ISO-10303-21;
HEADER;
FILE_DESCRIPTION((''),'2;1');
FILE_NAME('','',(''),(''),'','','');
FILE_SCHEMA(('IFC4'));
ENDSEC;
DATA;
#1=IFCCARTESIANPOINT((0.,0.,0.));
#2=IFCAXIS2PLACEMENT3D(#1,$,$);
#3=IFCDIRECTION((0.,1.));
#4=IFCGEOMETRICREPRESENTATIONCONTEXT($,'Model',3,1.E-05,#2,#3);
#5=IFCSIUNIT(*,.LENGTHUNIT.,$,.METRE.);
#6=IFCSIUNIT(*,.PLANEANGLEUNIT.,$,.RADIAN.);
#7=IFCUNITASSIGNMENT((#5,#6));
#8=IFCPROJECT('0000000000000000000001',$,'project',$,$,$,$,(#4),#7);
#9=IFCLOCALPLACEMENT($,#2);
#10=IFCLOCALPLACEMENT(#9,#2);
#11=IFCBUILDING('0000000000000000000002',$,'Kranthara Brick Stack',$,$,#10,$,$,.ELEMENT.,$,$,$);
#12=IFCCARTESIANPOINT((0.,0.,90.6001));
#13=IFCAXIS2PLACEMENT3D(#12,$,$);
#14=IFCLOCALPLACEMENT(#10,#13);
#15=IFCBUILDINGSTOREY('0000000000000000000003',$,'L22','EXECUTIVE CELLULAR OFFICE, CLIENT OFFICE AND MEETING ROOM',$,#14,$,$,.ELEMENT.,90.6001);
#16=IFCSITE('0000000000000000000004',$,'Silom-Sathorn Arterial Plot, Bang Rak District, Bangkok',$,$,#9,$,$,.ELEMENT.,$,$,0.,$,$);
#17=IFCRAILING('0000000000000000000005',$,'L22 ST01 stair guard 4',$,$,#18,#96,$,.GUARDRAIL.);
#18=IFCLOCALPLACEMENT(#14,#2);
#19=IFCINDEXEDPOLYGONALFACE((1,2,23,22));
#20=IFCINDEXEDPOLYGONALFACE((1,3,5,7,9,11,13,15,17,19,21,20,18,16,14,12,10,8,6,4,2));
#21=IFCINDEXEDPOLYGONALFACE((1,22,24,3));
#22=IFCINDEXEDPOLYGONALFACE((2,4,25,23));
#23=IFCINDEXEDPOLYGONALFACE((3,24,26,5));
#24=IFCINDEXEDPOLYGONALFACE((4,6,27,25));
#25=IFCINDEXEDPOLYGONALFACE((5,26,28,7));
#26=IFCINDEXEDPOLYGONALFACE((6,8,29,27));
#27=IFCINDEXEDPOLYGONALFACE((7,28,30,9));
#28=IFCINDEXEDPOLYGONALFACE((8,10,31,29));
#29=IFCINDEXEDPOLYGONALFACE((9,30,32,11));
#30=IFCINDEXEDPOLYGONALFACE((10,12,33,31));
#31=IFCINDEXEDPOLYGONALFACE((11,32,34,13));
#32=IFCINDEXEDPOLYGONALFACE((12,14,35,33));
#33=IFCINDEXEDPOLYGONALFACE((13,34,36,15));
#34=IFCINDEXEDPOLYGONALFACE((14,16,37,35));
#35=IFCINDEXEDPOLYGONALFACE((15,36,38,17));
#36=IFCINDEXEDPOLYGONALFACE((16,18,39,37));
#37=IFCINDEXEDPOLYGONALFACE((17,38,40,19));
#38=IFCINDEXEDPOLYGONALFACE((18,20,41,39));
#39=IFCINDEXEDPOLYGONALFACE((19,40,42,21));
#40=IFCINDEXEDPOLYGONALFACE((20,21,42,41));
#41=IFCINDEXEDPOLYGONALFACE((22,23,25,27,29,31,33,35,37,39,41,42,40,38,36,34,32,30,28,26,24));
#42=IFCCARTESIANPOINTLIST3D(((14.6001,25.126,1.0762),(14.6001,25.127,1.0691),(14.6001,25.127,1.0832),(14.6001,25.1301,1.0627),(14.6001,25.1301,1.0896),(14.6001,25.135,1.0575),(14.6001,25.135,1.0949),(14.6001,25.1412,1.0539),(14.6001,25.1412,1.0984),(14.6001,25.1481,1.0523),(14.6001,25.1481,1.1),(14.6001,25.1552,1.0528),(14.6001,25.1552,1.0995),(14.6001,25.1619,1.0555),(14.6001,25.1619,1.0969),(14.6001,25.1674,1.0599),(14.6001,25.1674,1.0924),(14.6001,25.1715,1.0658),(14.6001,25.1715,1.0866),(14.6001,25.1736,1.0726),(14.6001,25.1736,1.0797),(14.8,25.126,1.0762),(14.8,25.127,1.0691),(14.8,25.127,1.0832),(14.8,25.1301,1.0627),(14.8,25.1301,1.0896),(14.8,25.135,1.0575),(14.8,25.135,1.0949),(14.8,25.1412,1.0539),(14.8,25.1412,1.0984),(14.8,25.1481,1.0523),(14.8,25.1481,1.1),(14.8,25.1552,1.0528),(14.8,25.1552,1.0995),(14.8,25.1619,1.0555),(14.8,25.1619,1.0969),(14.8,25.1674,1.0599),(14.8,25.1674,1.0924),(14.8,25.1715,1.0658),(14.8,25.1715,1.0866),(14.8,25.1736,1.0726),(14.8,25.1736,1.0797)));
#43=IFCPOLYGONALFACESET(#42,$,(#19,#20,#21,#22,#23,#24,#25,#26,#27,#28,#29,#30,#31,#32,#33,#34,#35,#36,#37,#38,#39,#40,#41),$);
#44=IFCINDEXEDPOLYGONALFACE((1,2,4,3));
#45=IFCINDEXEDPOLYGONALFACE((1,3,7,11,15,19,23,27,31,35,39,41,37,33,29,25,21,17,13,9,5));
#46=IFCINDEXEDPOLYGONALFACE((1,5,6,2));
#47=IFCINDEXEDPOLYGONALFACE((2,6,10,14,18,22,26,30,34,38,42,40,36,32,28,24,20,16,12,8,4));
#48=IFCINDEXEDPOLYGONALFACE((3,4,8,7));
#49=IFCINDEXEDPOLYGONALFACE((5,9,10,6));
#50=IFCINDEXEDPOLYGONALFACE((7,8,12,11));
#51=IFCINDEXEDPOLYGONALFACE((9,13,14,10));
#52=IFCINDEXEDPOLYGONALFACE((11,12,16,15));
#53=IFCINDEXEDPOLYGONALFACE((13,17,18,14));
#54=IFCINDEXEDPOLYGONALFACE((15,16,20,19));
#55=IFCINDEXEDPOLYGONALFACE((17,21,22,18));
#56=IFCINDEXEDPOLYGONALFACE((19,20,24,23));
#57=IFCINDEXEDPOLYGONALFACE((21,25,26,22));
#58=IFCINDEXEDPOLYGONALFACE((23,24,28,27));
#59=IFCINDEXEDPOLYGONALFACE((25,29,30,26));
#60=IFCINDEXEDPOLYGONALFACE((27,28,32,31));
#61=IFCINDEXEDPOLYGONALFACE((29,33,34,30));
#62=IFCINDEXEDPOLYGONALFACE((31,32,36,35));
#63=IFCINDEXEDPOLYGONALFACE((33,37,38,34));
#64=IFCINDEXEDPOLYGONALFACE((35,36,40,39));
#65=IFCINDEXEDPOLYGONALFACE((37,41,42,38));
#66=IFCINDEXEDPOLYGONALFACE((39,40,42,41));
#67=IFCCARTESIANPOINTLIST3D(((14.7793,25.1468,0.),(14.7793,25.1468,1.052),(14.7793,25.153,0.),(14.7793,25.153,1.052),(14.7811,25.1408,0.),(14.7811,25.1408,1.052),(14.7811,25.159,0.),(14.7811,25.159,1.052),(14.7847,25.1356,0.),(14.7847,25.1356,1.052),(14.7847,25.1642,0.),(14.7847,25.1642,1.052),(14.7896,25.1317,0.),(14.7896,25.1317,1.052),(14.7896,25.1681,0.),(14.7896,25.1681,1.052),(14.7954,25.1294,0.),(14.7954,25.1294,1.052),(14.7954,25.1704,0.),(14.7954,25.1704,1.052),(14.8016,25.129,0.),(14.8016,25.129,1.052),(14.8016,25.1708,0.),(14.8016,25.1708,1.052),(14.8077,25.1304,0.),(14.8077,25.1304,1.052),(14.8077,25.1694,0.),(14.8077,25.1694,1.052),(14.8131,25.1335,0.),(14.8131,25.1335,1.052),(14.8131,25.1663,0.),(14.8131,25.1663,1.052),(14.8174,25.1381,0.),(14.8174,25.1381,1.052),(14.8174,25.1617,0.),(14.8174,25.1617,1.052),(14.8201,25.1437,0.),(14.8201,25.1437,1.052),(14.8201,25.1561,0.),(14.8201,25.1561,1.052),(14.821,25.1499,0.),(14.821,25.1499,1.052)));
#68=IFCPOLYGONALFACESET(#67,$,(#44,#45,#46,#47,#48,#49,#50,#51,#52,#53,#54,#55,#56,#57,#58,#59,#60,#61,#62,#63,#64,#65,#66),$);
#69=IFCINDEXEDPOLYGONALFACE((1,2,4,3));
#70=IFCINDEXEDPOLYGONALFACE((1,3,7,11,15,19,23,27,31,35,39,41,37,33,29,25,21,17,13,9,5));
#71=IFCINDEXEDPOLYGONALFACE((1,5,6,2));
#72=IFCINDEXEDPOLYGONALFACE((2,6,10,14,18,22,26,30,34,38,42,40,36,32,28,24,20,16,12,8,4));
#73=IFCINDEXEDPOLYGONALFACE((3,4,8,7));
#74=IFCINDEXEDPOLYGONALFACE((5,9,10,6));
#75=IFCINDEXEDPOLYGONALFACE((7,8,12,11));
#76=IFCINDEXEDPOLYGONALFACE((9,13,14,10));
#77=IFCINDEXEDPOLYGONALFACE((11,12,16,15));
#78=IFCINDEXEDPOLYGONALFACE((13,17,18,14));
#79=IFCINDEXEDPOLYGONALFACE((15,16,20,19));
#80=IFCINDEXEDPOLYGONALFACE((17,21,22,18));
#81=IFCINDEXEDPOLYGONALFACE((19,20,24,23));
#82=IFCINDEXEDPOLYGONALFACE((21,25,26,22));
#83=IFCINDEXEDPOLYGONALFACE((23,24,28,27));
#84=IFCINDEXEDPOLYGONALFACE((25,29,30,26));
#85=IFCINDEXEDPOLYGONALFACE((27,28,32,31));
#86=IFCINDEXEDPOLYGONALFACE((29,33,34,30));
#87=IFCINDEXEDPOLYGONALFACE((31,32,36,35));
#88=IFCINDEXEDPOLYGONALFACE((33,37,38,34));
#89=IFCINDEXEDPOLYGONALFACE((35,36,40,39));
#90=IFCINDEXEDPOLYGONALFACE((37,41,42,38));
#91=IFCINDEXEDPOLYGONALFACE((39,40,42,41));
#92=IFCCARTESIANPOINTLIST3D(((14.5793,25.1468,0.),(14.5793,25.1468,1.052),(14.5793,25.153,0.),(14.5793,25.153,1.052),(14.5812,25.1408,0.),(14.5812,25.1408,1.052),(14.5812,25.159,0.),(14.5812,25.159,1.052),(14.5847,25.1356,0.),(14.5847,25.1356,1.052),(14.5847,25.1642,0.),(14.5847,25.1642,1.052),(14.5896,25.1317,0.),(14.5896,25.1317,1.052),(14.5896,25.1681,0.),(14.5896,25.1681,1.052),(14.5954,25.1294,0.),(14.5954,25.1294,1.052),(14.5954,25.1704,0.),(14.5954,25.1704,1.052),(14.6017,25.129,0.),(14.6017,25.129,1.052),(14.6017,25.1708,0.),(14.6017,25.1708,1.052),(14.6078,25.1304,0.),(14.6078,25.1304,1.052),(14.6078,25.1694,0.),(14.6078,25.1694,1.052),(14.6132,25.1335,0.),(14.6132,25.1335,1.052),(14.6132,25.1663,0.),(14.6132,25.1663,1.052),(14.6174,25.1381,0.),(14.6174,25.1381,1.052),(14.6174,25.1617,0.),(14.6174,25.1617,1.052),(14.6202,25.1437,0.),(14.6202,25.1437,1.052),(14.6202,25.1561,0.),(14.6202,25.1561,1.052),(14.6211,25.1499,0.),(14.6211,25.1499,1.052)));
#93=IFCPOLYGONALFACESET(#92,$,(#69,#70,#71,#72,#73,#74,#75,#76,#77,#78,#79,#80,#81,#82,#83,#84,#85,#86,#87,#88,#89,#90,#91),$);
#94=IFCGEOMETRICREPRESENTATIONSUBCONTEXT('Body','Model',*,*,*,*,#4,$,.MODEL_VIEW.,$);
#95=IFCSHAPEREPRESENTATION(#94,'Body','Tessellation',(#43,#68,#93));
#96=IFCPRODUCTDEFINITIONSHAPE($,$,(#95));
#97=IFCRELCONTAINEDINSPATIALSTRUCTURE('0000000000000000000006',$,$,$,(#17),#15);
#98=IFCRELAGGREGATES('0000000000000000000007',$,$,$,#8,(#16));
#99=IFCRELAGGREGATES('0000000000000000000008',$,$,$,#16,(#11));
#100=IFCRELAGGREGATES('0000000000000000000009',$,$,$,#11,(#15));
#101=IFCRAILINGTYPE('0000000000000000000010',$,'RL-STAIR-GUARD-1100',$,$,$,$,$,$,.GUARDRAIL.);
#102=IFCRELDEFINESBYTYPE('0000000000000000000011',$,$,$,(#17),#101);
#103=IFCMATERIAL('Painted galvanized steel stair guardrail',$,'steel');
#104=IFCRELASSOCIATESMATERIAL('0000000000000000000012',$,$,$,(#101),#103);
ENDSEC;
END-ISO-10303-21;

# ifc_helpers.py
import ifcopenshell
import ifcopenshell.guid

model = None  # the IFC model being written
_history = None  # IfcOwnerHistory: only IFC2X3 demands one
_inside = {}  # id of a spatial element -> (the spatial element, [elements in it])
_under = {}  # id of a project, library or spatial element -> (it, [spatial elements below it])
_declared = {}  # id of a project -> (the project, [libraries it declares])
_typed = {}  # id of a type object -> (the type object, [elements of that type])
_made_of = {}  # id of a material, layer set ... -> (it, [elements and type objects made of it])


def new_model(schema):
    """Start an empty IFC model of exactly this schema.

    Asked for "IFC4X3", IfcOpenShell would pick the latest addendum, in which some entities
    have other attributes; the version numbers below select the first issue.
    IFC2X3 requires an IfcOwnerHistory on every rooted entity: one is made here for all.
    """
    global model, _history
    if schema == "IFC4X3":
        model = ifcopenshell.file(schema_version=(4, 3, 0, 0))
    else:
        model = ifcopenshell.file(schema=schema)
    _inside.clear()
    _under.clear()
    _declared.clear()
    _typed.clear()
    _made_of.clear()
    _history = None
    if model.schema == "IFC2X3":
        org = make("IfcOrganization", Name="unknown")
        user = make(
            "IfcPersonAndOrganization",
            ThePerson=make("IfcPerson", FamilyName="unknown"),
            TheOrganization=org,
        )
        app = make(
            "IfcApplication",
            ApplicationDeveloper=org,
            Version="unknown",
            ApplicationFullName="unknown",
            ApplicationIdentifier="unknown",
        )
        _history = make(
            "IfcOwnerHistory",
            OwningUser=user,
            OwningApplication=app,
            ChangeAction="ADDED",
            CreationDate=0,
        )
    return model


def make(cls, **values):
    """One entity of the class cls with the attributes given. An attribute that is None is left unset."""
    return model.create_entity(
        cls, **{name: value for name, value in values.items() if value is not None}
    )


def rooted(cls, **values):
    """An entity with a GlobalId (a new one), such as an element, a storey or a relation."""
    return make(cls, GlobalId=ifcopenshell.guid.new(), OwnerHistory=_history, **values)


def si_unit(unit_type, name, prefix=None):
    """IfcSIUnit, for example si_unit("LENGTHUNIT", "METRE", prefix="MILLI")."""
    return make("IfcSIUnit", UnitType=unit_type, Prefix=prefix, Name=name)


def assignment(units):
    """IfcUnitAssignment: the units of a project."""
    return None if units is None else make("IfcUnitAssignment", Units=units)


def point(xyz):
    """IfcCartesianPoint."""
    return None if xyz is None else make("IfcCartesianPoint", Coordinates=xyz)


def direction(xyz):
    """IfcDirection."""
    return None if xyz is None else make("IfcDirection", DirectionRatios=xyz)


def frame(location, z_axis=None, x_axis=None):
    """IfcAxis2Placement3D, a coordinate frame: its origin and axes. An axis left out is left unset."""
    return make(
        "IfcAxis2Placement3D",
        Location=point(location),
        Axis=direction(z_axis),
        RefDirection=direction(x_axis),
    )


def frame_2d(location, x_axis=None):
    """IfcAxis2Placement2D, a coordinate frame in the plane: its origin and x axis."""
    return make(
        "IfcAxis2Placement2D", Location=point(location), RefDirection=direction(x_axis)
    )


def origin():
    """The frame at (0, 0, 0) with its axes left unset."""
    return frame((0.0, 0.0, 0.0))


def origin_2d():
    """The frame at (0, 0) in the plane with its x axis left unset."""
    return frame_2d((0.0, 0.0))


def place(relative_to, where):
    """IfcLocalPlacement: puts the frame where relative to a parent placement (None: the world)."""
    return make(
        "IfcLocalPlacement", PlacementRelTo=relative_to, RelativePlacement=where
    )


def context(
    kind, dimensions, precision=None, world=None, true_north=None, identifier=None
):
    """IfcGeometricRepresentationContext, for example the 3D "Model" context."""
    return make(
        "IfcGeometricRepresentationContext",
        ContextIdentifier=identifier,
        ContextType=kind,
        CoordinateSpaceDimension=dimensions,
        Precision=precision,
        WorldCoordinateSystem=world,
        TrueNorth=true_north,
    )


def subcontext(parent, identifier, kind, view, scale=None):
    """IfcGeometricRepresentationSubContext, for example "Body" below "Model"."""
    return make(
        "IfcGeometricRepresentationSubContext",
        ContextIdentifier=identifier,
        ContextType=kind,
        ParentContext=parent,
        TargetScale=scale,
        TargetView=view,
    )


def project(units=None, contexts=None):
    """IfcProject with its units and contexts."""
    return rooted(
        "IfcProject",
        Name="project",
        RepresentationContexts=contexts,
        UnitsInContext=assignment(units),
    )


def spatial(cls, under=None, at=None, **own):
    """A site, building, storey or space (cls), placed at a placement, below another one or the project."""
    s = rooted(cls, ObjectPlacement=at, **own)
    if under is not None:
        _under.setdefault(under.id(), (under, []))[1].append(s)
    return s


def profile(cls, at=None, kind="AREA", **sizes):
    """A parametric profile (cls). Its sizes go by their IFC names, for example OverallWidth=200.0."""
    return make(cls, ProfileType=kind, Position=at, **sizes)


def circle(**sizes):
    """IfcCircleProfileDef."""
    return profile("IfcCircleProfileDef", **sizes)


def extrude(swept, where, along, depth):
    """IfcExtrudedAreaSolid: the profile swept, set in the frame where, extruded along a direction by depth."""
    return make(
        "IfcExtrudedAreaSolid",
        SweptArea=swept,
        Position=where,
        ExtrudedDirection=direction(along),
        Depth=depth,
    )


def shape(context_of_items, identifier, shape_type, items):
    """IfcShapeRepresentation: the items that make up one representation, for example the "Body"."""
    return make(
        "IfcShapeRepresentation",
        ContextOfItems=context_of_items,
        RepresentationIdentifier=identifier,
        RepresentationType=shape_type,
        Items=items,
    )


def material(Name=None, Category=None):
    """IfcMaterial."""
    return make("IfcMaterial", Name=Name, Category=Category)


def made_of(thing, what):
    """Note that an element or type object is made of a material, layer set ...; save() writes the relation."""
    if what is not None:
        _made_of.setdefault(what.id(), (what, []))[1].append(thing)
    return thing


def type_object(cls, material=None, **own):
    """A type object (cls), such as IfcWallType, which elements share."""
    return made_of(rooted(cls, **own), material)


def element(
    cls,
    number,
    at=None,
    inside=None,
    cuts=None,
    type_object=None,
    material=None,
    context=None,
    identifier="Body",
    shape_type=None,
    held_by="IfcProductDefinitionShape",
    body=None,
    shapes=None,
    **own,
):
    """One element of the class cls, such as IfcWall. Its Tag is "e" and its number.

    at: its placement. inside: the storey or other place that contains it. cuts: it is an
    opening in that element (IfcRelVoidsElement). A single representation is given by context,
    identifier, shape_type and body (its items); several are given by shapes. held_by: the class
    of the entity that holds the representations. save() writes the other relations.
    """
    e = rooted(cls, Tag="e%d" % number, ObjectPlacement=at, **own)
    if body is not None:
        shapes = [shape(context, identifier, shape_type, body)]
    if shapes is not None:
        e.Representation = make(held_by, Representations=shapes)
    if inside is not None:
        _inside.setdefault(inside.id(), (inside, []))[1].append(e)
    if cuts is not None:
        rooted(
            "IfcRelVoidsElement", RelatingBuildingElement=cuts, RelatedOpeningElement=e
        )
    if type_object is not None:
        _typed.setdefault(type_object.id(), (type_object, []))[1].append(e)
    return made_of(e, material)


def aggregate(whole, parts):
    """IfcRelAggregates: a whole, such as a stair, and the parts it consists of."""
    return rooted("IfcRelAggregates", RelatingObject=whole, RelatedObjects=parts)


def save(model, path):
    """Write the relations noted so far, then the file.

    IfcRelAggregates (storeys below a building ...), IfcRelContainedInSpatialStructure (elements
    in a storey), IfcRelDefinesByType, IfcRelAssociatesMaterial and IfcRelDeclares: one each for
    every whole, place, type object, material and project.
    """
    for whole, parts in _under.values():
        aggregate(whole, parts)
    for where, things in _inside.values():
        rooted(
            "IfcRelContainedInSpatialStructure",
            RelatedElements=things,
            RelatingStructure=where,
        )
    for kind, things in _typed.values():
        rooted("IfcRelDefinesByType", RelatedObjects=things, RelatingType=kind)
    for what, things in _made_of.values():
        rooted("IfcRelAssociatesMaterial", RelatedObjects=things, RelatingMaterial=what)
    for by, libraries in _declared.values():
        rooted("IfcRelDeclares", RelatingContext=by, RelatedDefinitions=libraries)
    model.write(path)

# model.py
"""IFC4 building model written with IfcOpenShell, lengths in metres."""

from ifc_helpers import new_model, si_unit, direction, frame, origin, origin_2d, place, context, subcontext, project, spatial, circle, extrude, material, type_object, element, save


model = new_model("IFC4")

# Units and contexts
model_context = context("Model", 3, precision=1e-05, world=origin(), true_north=direction((0.0, 1.0)))
body_context = subcontext(model_context, "Body", "Model", "MODEL_VIEW")
ifc_project = project(units=[si_unit("LENGTHUNIT", "METRE"), si_unit("PLANEANGLEUNIT", "RADIAN")], contexts=[model_context])

# Site, building, storey
site_placement = place(None, origin())
site = spatial("IfcSite", under=ifc_project, at=site_placement, Name="Silom-Sathorn Arterial Plot, Bang Rak District, Bangkok", CompositionType="ELEMENT", RefElevation=0.0)
building_placement = place(site_placement, origin())
building = spatial("IfcBuilding", under=site, at=building_placement, Name="Kranthara Brick Stack", CompositionType="ELEMENT")
storey_placement = place(building_placement, frame((0.0, 0.0, 90.6001)))
storey = spatial("IfcBuildingStorey", under=building, at=storey_placement, Name="L22", Description="EXECUTIVE CELLULAR OFFICE, CLIENT OFFICE AND MEETING ROOM", CompositionType="ELEMENT", Elevation=90.6001)

# Railing
ifc_material_1 = material(Name="Painted galvanized steel stair guardrail", Category="steel")
railing_type_1 = type_object("IfcRailingType", Name="RL-STAIR-GUARD-1100", PredefinedType="GUARDRAIL", material=ifc_material_1)
railing_1_placement = place(storey_placement, frame((14.8, 25.1499, 0.0)))
element("IfcRailing", 1, at=railing_1_placement, inside=storey, type_object=railing_type_1, Name="L22 ST01 stair guard 4", PredefinedType="GUARDRAIL", context=body_context, shape_type="SweptSolid", body=[
    extrude(circle(Radius=0.0239, at=origin_2d()), frame((0.0, 0.0, 1.0762), z_axis=(-1.0, 0.0, 0.0), x_axis=(0.0, -1.0, 0.0)), (0.0, 0.0, 1.0), 0.2),
    extrude(circle(Radius=0.021, at=origin_2d()), origin(), (0.0, 0.0, 1.0), 1.052),
    extrude(circle(Radius=0.021, at=origin_2d()), frame((-0.2, 0.0, 0.0)), (0.0, 0.0, 1.0), 1.052),
])

save(model, "model.ifc")
